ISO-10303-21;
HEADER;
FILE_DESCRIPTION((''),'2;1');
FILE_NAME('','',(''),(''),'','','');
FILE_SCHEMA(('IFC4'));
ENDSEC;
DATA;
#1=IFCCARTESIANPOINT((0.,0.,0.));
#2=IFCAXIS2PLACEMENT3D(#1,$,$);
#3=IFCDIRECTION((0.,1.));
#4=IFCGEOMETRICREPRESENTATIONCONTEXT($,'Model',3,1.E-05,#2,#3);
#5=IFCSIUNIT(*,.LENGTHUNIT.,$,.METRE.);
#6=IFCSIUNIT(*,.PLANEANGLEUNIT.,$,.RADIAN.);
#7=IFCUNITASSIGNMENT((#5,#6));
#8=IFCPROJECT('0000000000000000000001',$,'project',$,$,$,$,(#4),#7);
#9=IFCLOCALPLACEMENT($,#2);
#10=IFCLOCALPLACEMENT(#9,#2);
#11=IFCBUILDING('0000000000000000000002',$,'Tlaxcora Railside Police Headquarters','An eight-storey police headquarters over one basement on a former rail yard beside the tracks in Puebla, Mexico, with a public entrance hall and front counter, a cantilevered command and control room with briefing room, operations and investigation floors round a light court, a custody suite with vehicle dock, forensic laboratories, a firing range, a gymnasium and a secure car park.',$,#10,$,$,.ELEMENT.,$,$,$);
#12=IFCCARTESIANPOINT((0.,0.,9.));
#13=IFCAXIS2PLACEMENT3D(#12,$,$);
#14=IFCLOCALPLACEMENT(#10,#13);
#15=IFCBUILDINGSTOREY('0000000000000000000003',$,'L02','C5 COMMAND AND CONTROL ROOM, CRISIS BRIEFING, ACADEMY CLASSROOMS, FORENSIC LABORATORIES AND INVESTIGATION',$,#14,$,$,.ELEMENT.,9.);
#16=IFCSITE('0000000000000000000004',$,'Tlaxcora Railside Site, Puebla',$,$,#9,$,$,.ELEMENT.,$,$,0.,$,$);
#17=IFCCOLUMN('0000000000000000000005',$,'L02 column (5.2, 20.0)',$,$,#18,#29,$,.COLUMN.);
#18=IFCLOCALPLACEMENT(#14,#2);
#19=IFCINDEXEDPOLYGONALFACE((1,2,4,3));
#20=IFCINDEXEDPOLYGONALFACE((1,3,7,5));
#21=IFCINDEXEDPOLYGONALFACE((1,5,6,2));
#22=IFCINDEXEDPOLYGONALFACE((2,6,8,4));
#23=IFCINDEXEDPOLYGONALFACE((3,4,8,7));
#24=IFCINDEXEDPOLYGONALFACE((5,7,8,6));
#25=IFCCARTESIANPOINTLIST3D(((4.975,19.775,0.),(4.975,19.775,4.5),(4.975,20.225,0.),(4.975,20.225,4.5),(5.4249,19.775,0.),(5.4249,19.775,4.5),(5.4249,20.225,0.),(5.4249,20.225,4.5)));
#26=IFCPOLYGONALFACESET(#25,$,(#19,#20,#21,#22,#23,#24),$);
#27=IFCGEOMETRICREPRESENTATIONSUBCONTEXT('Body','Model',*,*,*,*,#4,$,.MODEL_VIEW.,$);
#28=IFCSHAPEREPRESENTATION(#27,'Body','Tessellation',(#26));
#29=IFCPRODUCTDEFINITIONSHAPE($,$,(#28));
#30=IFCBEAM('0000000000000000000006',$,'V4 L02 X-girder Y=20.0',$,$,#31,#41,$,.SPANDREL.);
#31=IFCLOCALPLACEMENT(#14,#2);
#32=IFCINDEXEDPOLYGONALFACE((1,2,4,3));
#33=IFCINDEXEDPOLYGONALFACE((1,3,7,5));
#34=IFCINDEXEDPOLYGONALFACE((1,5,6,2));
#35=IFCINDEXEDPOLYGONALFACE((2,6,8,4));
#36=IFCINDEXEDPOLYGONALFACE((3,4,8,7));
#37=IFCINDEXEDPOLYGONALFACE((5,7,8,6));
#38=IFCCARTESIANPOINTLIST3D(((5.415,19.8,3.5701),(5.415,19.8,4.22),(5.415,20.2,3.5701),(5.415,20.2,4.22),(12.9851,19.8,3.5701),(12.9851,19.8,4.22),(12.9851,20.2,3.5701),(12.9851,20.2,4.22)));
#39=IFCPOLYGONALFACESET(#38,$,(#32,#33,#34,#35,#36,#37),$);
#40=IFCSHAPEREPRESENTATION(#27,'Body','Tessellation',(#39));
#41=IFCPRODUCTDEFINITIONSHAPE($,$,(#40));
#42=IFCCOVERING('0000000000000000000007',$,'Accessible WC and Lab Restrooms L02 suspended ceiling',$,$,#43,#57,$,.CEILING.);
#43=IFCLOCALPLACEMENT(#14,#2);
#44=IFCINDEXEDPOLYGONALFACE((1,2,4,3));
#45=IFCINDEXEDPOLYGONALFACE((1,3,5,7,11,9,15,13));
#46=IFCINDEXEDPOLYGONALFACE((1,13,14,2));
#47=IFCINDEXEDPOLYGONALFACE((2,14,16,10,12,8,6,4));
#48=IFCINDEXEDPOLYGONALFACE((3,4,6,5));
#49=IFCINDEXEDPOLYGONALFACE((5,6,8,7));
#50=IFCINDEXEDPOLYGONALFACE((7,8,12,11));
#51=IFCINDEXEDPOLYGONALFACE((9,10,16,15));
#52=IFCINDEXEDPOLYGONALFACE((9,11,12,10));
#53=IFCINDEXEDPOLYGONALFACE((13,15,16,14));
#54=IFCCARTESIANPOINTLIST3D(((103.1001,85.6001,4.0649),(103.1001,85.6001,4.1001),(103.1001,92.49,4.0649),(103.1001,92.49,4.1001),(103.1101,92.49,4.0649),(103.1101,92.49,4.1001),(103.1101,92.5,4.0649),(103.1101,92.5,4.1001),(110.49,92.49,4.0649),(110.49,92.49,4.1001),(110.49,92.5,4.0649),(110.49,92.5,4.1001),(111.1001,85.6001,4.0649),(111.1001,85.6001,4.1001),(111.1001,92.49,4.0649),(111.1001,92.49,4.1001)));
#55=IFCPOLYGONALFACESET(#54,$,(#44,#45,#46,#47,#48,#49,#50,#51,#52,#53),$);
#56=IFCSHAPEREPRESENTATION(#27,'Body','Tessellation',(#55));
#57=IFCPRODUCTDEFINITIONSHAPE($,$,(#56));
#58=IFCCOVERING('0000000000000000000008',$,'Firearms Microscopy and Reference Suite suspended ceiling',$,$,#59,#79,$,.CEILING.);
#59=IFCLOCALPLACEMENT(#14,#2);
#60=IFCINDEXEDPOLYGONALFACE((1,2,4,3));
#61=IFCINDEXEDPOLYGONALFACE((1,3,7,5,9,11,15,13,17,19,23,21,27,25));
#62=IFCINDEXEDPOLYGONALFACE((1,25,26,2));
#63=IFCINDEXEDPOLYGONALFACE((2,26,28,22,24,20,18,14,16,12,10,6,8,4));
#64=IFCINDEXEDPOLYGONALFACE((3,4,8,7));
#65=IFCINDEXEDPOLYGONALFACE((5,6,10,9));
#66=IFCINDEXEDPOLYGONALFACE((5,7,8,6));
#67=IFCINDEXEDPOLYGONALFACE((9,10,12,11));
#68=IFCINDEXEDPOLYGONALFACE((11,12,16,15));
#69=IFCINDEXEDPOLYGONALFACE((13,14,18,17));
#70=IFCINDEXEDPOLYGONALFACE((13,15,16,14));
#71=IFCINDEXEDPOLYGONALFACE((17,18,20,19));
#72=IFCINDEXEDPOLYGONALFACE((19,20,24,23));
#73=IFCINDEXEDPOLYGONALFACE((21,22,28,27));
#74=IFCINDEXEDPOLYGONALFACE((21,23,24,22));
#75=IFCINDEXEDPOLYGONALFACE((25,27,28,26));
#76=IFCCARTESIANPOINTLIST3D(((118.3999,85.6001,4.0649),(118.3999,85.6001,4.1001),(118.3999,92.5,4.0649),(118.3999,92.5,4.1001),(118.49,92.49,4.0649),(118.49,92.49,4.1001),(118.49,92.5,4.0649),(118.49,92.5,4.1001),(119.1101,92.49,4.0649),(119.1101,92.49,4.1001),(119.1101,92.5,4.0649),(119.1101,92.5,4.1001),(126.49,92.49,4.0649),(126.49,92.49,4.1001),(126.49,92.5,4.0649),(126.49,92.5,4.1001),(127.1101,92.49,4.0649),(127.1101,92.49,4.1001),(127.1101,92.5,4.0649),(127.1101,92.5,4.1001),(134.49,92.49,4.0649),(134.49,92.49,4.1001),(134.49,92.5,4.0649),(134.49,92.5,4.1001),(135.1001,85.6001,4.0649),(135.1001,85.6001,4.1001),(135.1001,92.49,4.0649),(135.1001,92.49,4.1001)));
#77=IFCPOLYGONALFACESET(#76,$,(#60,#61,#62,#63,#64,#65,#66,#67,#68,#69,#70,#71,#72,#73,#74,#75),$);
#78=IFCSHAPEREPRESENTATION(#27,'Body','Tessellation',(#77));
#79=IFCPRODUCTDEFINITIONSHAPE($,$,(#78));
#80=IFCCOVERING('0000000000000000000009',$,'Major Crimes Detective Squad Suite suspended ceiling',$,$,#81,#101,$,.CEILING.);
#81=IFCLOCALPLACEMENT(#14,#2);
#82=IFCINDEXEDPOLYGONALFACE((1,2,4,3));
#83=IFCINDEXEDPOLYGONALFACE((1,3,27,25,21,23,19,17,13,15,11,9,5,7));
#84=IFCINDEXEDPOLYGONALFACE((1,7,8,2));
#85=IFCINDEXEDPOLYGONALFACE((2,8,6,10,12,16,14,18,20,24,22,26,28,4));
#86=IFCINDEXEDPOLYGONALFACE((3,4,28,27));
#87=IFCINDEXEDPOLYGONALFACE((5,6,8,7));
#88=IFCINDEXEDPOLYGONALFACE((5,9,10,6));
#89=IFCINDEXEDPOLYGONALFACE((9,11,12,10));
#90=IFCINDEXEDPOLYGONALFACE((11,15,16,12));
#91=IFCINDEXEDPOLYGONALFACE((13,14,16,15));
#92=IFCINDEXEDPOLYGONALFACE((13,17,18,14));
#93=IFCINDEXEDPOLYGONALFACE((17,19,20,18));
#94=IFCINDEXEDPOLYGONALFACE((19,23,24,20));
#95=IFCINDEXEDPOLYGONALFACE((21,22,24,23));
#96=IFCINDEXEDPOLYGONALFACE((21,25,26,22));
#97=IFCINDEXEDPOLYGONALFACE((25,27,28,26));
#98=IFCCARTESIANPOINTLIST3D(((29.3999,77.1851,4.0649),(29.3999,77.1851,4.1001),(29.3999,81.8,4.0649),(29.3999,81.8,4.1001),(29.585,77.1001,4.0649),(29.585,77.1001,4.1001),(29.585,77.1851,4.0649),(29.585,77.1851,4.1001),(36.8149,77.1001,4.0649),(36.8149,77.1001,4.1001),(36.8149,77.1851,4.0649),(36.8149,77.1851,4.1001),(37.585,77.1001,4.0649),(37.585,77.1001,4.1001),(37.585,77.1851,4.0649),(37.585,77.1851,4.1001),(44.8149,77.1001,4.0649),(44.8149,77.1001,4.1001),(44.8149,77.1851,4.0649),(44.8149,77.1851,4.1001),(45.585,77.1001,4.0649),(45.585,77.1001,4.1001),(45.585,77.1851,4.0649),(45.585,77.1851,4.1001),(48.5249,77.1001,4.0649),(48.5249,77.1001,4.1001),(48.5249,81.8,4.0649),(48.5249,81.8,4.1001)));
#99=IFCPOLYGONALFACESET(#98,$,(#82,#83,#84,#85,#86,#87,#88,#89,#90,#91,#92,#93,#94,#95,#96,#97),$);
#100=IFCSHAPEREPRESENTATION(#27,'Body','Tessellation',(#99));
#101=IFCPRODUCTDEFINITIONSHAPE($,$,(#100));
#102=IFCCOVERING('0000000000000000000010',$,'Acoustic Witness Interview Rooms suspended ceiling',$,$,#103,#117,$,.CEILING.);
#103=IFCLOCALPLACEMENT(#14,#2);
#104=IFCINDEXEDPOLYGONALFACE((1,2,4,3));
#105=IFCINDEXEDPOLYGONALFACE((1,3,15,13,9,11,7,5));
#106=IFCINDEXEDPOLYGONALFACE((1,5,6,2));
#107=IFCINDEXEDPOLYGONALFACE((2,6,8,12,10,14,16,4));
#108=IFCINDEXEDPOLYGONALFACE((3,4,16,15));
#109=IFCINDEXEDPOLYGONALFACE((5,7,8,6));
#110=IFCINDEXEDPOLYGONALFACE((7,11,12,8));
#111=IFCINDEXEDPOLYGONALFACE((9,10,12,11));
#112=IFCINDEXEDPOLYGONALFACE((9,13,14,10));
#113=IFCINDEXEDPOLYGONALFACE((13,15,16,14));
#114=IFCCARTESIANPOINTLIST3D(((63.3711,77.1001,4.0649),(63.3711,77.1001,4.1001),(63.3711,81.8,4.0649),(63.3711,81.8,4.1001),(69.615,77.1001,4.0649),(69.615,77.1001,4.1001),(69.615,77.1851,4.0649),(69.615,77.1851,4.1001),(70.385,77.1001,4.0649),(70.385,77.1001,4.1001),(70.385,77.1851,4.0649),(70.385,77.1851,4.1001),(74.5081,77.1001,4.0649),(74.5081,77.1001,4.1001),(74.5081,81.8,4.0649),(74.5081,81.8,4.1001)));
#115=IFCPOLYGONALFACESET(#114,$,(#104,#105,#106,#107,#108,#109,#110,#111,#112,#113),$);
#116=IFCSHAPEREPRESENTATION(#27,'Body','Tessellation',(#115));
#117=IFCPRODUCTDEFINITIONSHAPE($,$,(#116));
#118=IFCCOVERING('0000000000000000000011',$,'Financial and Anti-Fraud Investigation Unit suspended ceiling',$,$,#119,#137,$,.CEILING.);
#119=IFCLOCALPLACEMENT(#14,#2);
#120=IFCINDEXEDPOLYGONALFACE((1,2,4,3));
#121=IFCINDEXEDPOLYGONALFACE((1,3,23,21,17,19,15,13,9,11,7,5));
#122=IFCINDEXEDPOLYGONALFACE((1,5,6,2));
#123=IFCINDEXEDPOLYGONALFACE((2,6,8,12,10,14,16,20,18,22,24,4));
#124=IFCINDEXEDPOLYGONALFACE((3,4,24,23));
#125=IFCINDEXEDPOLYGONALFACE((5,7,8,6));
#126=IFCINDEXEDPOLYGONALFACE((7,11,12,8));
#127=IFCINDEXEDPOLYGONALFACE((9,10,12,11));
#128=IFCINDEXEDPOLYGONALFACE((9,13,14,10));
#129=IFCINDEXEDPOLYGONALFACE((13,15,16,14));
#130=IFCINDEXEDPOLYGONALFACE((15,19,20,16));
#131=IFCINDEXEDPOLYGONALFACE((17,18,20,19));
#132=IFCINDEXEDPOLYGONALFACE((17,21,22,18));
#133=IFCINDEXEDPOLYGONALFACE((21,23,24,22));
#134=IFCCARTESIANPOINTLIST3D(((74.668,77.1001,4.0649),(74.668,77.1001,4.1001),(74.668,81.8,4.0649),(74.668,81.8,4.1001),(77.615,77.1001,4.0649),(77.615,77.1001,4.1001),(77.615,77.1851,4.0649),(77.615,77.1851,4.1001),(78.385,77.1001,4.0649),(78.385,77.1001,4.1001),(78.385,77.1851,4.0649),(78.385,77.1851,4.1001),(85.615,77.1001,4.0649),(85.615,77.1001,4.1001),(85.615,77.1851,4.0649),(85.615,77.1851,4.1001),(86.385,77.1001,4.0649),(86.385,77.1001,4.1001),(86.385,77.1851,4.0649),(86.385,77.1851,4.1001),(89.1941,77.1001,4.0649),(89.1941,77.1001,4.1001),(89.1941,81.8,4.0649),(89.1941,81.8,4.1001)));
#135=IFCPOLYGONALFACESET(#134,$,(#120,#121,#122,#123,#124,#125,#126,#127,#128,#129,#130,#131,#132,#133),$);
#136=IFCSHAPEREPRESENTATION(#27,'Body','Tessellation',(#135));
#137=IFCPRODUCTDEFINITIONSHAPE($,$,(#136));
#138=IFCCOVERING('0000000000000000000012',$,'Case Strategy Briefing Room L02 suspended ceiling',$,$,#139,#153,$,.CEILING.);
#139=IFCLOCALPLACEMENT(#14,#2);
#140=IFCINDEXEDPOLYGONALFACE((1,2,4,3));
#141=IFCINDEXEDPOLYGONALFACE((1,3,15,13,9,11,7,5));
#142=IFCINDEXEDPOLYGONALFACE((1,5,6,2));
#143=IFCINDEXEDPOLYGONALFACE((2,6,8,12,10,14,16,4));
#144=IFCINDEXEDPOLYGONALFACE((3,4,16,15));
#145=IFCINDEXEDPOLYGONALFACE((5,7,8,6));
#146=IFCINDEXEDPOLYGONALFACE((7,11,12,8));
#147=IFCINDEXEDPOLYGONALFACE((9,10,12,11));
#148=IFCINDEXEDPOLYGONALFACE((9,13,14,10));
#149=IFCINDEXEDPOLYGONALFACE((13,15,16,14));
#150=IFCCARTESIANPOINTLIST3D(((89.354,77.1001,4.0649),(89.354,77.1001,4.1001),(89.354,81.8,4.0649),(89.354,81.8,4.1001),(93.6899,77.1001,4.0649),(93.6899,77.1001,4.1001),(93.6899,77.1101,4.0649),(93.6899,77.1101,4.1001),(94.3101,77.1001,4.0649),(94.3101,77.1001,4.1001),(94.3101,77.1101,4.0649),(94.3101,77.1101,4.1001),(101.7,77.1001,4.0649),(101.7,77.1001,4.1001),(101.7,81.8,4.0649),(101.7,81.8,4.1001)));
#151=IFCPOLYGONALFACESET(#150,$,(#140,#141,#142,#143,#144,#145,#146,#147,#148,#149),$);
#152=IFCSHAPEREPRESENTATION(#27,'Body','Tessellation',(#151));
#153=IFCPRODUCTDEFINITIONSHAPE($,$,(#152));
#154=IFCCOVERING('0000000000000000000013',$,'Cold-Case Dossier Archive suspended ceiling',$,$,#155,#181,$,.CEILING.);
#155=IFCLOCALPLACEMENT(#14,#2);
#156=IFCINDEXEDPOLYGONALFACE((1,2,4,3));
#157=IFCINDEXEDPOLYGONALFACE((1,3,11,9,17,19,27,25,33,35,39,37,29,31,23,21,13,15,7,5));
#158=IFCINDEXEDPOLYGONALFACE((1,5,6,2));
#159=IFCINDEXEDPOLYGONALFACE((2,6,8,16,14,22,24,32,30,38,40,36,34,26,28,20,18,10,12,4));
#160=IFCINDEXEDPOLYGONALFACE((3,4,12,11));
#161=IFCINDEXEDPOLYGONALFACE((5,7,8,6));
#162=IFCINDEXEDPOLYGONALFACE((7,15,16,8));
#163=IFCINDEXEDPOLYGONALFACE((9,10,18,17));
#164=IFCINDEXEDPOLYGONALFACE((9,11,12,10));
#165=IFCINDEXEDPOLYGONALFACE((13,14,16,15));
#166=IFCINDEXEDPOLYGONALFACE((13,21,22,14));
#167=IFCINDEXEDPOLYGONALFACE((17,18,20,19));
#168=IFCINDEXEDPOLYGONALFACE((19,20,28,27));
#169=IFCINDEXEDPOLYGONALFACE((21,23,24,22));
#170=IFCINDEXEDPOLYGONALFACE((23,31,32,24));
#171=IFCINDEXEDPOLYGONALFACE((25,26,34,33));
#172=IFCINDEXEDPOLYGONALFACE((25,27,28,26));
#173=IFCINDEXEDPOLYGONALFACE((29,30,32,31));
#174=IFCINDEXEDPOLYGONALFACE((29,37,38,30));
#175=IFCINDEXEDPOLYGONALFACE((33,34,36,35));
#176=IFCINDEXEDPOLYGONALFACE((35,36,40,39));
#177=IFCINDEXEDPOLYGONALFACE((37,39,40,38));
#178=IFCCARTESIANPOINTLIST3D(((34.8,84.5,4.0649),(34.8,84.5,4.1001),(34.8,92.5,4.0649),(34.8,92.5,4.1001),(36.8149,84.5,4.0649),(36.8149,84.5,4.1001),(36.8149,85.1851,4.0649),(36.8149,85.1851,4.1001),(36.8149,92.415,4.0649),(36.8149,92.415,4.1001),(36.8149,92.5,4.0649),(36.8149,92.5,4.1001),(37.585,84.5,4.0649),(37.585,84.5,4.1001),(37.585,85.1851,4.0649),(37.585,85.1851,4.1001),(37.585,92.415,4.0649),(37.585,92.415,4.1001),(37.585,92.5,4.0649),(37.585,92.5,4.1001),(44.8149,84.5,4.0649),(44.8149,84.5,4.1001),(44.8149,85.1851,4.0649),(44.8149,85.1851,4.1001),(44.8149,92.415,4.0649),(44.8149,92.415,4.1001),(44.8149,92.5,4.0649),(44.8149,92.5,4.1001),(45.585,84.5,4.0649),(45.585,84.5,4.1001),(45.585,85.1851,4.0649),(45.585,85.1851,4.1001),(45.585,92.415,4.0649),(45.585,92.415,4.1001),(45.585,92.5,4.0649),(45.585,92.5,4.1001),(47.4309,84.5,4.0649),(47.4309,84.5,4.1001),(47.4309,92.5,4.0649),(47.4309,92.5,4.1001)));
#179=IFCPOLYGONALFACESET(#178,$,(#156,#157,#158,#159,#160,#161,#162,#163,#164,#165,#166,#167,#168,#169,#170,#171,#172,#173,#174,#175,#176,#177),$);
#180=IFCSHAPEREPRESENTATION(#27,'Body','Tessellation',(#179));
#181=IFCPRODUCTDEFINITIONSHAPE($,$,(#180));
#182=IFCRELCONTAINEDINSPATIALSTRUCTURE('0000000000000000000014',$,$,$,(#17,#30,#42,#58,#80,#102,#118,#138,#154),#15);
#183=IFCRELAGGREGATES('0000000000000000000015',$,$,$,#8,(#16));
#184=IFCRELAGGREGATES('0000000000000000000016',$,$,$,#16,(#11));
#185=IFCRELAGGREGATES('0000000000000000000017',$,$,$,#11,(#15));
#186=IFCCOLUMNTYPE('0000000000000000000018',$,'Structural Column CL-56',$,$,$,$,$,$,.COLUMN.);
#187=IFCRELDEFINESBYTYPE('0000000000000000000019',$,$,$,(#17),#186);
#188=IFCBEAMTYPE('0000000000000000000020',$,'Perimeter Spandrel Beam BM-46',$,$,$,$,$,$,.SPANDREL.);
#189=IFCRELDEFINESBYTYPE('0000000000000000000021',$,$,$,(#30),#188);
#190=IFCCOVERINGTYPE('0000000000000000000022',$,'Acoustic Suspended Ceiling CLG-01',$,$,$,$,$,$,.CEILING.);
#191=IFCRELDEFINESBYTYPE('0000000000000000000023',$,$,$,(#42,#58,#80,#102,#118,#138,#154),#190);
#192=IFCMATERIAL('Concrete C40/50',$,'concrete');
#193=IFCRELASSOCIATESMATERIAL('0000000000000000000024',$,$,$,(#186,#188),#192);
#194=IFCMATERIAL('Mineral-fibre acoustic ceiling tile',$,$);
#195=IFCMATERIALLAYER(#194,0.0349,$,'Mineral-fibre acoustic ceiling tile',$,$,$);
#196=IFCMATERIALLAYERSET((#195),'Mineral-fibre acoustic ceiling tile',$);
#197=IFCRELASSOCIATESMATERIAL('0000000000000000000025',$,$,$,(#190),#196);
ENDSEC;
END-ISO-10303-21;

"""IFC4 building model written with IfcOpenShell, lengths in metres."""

from ifc_helpers import new_model, si_unit, direction, frame, origin, origin_2d, place, context, subcontext, project, spatial, polyline, rectangle, outline, extrude, material, layer, layer_set, material_profile, profile_set, type_object, element, save


model = new_model("IFC4")

# Units and contexts
model_context = context("Model", 3, precision=1e-05, world=origin(), true_north=direction((0.0, 1.0)))
body_context = subcontext(model_context, "Body", "Model", "MODEL_VIEW")
ifc_project = project(units=[si_unit("LENGTHUNIT", "METRE"), si_unit("PLANEANGLEUNIT", "RADIAN")], contexts=[model_context])

# Site, building, storey
site_placement = place(None, origin())
site = spatial("IfcSite", under=ifc_project, at=site_placement, Name="Tlaxcora Railside Site, Puebla", CompositionType="ELEMENT", RefElevation=0.0)
building_placement = place(site_placement, origin())
building = spatial("IfcBuilding", under=site, at=building_placement, Name="Tlaxcora Railside Police Headquarters", Description="An eight-storey police headquarters over one basement on a former rail yard beside the tracks in Puebla, Mexico, with a public entrance hall and front counter, a cantilevered command and control room with briefing room, operations and investigation floors round a light court, a custody suite with vehicle dock, forensic laboratories, a firing range, a gymnasium and a secure car park.", CompositionType="ELEMENT")
storey_placement = place(building_placement, frame((0.0, 0.0, 9.0)))
storey = spatial("IfcBuildingStorey", under=building, at=storey_placement, Name="L02", Description="C5 COMMAND AND CONTROL ROOM, CRISIS BRIEFING, ACADEMY CLASSROOMS, FORENSIC LABORATORIES AND INVESTIGATION", CompositionType="ELEMENT", Elevation=9.0)

# Column
ifc_material_1 = material(Name="Concrete C40/50", Category="concrete")
ifc_material_profile_1 = material_profile(ifc_material_1, rectangle(XDim=0.45, YDim=0.45, at=origin_2d()), Name="RC450X450")
ifc_profile_set_1 = profile_set([ifc_material_profile_1], Name="Concrete C40/50")
column_type = type_object("IfcColumnType", Name="Structural Column CL-56", PredefinedType="COLUMN", material=ifc_profile_set_1)
column_placement = place(storey_placement, frame((5.2, 20.0, 0.0), z_axis=(0.0, 0.0, 1.0), x_axis=(1.0, 0.0, 0.0)))
element("IfcColumn", 1, at=column_placement, inside=storey, type_object=column_type, Name="L02 column (5.2, 20.0)", PredefinedType="COLUMN", context=body_context, shape_type="SweptSolid", body=[
    extrude(rectangle(XDim=0.45, YDim=0.45, at=origin_2d()), origin(), (0.0, 0.0, 1.0), 4.5),
])

# Beam
ifc_material_profile_2 = material_profile(ifc_material_1, rectangle(XDim=0.3999, YDim=0.6499, at=origin_2d()), Name="RC400X650")
ifc_profile_set_2 = profile_set([ifc_material_profile_2], Name="Concrete C40/50")
beam_type = type_object("IfcBeamType", Name="Perimeter Spandrel Beam BM-46", PredefinedType="SPANDREL", material=ifc_profile_set_2)
beam_placement = place(storey_placement, frame((5.415, 20.0, 3.895), z_axis=(1.0, 0.0, 0.0), x_axis=(0.0, 1.0, 0.0)))
element("IfcBeam", 2, at=beam_placement, inside=storey, type_object=beam_type, Name="V4 L02 X-girder Y=20.0", PredefinedType="SPANDREL", context=body_context, shape_type="SweptSolid", body=[
    extrude(rectangle(XDim=0.3999, YDim=0.6499, at=origin_2d()), origin(), (0.0, 0.0, 1.0), 7.5701),
])

# Coverings
ifc_material_2 = material(Name="Mineral-fibre acoustic ceiling tile")
ifc_layer_1 = layer(ifc_material_2, 0.0349, Name="Mineral-fibre acoustic ceiling tile")
ifc_layer_set_1 = layer_set([ifc_layer_1], Name="Mineral-fibre acoustic ceiling tile")
covering_type_1 = type_object("IfcCoveringType", Name="Acoustic Suspended Ceiling CLG-01", PredefinedType="CEILING", material=ifc_layer_set_1)
covering_1_placement = place(storey_placement, frame((0.0, 0.0, 4.0649)))
element("IfcCovering", 3, at=covering_1_placement, inside=storey, type_object=covering_type_1, Name="Accessible WC and Lab Restrooms L02 suspended ceiling", PredefinedType="CEILING", context=body_context, shape_type="SweptSolid", body=[
    extrude(outline(polyline([(111.1001, 85.6001), (111.1001, 92.49), (110.49, 92.49), (110.49, 92.5), (103.1101, 92.5), (103.1101, 92.49), (103.1001, 92.49), (103.1001, 85.6001), (111.1001, 85.6001)])), origin(), (0.0, 0.0, 1.0), 0.0352),
])
covering_2_placement = place(storey_placement, frame((0.0, 0.0, 4.0649)))
element("IfcCovering", 4, at=covering_2_placement, inside=storey, type_object=covering_type_1, Name="Firearms Microscopy and Reference Suite suspended ceiling", PredefinedType="CEILING", context=body_context, shape_type="SweptSolid", body=[
    extrude(outline(polyline([(118.3999, 85.6001), (135.1001, 85.6001), (135.1001, 92.49), (134.49, 92.49), (134.49, 92.5), (127.1101, 92.5), (127.1101, 92.49), (126.49, 92.49), (126.49, 92.5), (119.1101, 92.5), (119.1101, 92.49), (118.49, 92.49), (118.49, 92.5), (118.3999, 92.5), (118.3999, 85.6001)])), origin(), (0.0, 0.0, 1.0), 0.0352),
])
covering_3_placement = place(storey_placement, frame((0.0, 0.0, 4.0649)))
element("IfcCovering", 5, at=covering_3_placement, inside=storey, type_object=covering_type_1, Name="Major Crimes Detective Squad Suite suspended ceiling", PredefinedType="CEILING", context=body_context, shape_type="SweptSolid", body=[
    extrude(outline(polyline([(37.585, 77.1001), (44.8149, 77.1001), (44.8149, 77.1851), (45.585, 77.1851), (45.585, 77.1001), (48.5249, 77.1001), (48.5249, 81.8), (29.3999, 81.8), (29.3999, 77.1851), (29.585, 77.1851), (29.585, 77.1001), (36.8149, 77.1001), (36.8149, 77.1851), (37.585, 77.1851), (37.585, 77.1001)])), origin(), (0.0, 0.0, 1.0), 0.0352),
])
covering_4_placement = place(storey_placement, frame((0.0, 0.0, 4.0649)))
element("IfcCovering", 6, at=covering_4_placement, inside=storey, type_object=covering_type_1, Name="Acoustic Witness Interview Rooms suspended ceiling", PredefinedType="CEILING", context=body_context, shape_type="SweptSolid", body=[
    extrude(outline(polyline([(74.5081, 81.8), (63.3711, 81.8), (63.3711, 77.1001), (69.615, 77.1001), (69.615, 77.1851), (70.385, 77.1851), (70.385, 77.1001), (74.5081, 77.1001), (74.5081, 81.8)])), origin(), (0.0, 0.0, 1.0), 0.0352),
])
covering_5_placement = place(storey_placement, frame((0.0, 0.0, 4.0649)))
element("IfcCovering", 7, at=covering_5_placement, inside=storey, type_object=covering_type_1, Name="Financial and Anti-Fraud Investigation Unit suspended ceiling", PredefinedType="CEILING", context=body_context, shape_type="SweptSolid", body=[
    extrude(outline(polyline([(89.1941, 77.1001), (89.1941, 81.8), (74.668, 81.8), (74.668, 77.1001), (77.615, 77.1001), (77.615, 77.1851), (78.385, 77.1851), (78.385, 77.1001), (85.615, 77.1001), (85.615, 77.1851), (86.385, 77.1851), (86.385, 77.1001), (89.1941, 77.1001)])), origin(), (0.0, 0.0, 1.0), 0.0352),
])
covering_6_placement = place(storey_placement, frame((0.0, 0.0, 4.0649)))
element("IfcCovering", 8, at=covering_6_placement, inside=storey, type_object=covering_type_1, Name="Case Strategy Briefing Room L02 suspended ceiling", PredefinedType="CEILING", context=body_context, shape_type="SweptSolid", body=[
    extrude(outline(polyline([(101.7, 81.8), (89.354, 81.8), (89.354, 77.1001), (93.6899, 77.1001), (93.6899, 77.1101), (94.3101, 77.1101), (94.3101, 77.1001), (101.7, 77.1001), (101.7, 81.8)])), origin(), (0.0, 0.0, 1.0), 0.0352),
])
covering_7_placement = place(storey_placement, frame((0.0, 0.0, 4.0649)))
element("IfcCovering", 9, at=covering_7_placement, inside=storey, type_object=covering_type_1, Name="Cold-Case Dossier Archive suspended ceiling", PredefinedType="CEILING", context=body_context, shape_type="SweptSolid", body=[
    extrude(outline(polyline([(37.585, 85.1851), (37.585, 84.5), (44.8149, 84.5), (44.8149, 85.1851), (45.585, 85.1851), (45.585, 84.5), (47.4309, 84.5), (47.4309, 92.5), (45.585, 92.5), (45.585, 92.415), (44.8149, 92.415), (44.8149, 92.5), (37.585, 92.5), (37.585, 92.415), (36.8149, 92.415), (36.8149, 92.5), (34.8, 92.5), (34.8, 84.5), (36.8149, 84.5), (36.8149, 85.1851), (37.585, 85.1851)])), origin(), (0.0, 0.0, 1.0), 0.0352),
])

save(model, "model.ifc")
